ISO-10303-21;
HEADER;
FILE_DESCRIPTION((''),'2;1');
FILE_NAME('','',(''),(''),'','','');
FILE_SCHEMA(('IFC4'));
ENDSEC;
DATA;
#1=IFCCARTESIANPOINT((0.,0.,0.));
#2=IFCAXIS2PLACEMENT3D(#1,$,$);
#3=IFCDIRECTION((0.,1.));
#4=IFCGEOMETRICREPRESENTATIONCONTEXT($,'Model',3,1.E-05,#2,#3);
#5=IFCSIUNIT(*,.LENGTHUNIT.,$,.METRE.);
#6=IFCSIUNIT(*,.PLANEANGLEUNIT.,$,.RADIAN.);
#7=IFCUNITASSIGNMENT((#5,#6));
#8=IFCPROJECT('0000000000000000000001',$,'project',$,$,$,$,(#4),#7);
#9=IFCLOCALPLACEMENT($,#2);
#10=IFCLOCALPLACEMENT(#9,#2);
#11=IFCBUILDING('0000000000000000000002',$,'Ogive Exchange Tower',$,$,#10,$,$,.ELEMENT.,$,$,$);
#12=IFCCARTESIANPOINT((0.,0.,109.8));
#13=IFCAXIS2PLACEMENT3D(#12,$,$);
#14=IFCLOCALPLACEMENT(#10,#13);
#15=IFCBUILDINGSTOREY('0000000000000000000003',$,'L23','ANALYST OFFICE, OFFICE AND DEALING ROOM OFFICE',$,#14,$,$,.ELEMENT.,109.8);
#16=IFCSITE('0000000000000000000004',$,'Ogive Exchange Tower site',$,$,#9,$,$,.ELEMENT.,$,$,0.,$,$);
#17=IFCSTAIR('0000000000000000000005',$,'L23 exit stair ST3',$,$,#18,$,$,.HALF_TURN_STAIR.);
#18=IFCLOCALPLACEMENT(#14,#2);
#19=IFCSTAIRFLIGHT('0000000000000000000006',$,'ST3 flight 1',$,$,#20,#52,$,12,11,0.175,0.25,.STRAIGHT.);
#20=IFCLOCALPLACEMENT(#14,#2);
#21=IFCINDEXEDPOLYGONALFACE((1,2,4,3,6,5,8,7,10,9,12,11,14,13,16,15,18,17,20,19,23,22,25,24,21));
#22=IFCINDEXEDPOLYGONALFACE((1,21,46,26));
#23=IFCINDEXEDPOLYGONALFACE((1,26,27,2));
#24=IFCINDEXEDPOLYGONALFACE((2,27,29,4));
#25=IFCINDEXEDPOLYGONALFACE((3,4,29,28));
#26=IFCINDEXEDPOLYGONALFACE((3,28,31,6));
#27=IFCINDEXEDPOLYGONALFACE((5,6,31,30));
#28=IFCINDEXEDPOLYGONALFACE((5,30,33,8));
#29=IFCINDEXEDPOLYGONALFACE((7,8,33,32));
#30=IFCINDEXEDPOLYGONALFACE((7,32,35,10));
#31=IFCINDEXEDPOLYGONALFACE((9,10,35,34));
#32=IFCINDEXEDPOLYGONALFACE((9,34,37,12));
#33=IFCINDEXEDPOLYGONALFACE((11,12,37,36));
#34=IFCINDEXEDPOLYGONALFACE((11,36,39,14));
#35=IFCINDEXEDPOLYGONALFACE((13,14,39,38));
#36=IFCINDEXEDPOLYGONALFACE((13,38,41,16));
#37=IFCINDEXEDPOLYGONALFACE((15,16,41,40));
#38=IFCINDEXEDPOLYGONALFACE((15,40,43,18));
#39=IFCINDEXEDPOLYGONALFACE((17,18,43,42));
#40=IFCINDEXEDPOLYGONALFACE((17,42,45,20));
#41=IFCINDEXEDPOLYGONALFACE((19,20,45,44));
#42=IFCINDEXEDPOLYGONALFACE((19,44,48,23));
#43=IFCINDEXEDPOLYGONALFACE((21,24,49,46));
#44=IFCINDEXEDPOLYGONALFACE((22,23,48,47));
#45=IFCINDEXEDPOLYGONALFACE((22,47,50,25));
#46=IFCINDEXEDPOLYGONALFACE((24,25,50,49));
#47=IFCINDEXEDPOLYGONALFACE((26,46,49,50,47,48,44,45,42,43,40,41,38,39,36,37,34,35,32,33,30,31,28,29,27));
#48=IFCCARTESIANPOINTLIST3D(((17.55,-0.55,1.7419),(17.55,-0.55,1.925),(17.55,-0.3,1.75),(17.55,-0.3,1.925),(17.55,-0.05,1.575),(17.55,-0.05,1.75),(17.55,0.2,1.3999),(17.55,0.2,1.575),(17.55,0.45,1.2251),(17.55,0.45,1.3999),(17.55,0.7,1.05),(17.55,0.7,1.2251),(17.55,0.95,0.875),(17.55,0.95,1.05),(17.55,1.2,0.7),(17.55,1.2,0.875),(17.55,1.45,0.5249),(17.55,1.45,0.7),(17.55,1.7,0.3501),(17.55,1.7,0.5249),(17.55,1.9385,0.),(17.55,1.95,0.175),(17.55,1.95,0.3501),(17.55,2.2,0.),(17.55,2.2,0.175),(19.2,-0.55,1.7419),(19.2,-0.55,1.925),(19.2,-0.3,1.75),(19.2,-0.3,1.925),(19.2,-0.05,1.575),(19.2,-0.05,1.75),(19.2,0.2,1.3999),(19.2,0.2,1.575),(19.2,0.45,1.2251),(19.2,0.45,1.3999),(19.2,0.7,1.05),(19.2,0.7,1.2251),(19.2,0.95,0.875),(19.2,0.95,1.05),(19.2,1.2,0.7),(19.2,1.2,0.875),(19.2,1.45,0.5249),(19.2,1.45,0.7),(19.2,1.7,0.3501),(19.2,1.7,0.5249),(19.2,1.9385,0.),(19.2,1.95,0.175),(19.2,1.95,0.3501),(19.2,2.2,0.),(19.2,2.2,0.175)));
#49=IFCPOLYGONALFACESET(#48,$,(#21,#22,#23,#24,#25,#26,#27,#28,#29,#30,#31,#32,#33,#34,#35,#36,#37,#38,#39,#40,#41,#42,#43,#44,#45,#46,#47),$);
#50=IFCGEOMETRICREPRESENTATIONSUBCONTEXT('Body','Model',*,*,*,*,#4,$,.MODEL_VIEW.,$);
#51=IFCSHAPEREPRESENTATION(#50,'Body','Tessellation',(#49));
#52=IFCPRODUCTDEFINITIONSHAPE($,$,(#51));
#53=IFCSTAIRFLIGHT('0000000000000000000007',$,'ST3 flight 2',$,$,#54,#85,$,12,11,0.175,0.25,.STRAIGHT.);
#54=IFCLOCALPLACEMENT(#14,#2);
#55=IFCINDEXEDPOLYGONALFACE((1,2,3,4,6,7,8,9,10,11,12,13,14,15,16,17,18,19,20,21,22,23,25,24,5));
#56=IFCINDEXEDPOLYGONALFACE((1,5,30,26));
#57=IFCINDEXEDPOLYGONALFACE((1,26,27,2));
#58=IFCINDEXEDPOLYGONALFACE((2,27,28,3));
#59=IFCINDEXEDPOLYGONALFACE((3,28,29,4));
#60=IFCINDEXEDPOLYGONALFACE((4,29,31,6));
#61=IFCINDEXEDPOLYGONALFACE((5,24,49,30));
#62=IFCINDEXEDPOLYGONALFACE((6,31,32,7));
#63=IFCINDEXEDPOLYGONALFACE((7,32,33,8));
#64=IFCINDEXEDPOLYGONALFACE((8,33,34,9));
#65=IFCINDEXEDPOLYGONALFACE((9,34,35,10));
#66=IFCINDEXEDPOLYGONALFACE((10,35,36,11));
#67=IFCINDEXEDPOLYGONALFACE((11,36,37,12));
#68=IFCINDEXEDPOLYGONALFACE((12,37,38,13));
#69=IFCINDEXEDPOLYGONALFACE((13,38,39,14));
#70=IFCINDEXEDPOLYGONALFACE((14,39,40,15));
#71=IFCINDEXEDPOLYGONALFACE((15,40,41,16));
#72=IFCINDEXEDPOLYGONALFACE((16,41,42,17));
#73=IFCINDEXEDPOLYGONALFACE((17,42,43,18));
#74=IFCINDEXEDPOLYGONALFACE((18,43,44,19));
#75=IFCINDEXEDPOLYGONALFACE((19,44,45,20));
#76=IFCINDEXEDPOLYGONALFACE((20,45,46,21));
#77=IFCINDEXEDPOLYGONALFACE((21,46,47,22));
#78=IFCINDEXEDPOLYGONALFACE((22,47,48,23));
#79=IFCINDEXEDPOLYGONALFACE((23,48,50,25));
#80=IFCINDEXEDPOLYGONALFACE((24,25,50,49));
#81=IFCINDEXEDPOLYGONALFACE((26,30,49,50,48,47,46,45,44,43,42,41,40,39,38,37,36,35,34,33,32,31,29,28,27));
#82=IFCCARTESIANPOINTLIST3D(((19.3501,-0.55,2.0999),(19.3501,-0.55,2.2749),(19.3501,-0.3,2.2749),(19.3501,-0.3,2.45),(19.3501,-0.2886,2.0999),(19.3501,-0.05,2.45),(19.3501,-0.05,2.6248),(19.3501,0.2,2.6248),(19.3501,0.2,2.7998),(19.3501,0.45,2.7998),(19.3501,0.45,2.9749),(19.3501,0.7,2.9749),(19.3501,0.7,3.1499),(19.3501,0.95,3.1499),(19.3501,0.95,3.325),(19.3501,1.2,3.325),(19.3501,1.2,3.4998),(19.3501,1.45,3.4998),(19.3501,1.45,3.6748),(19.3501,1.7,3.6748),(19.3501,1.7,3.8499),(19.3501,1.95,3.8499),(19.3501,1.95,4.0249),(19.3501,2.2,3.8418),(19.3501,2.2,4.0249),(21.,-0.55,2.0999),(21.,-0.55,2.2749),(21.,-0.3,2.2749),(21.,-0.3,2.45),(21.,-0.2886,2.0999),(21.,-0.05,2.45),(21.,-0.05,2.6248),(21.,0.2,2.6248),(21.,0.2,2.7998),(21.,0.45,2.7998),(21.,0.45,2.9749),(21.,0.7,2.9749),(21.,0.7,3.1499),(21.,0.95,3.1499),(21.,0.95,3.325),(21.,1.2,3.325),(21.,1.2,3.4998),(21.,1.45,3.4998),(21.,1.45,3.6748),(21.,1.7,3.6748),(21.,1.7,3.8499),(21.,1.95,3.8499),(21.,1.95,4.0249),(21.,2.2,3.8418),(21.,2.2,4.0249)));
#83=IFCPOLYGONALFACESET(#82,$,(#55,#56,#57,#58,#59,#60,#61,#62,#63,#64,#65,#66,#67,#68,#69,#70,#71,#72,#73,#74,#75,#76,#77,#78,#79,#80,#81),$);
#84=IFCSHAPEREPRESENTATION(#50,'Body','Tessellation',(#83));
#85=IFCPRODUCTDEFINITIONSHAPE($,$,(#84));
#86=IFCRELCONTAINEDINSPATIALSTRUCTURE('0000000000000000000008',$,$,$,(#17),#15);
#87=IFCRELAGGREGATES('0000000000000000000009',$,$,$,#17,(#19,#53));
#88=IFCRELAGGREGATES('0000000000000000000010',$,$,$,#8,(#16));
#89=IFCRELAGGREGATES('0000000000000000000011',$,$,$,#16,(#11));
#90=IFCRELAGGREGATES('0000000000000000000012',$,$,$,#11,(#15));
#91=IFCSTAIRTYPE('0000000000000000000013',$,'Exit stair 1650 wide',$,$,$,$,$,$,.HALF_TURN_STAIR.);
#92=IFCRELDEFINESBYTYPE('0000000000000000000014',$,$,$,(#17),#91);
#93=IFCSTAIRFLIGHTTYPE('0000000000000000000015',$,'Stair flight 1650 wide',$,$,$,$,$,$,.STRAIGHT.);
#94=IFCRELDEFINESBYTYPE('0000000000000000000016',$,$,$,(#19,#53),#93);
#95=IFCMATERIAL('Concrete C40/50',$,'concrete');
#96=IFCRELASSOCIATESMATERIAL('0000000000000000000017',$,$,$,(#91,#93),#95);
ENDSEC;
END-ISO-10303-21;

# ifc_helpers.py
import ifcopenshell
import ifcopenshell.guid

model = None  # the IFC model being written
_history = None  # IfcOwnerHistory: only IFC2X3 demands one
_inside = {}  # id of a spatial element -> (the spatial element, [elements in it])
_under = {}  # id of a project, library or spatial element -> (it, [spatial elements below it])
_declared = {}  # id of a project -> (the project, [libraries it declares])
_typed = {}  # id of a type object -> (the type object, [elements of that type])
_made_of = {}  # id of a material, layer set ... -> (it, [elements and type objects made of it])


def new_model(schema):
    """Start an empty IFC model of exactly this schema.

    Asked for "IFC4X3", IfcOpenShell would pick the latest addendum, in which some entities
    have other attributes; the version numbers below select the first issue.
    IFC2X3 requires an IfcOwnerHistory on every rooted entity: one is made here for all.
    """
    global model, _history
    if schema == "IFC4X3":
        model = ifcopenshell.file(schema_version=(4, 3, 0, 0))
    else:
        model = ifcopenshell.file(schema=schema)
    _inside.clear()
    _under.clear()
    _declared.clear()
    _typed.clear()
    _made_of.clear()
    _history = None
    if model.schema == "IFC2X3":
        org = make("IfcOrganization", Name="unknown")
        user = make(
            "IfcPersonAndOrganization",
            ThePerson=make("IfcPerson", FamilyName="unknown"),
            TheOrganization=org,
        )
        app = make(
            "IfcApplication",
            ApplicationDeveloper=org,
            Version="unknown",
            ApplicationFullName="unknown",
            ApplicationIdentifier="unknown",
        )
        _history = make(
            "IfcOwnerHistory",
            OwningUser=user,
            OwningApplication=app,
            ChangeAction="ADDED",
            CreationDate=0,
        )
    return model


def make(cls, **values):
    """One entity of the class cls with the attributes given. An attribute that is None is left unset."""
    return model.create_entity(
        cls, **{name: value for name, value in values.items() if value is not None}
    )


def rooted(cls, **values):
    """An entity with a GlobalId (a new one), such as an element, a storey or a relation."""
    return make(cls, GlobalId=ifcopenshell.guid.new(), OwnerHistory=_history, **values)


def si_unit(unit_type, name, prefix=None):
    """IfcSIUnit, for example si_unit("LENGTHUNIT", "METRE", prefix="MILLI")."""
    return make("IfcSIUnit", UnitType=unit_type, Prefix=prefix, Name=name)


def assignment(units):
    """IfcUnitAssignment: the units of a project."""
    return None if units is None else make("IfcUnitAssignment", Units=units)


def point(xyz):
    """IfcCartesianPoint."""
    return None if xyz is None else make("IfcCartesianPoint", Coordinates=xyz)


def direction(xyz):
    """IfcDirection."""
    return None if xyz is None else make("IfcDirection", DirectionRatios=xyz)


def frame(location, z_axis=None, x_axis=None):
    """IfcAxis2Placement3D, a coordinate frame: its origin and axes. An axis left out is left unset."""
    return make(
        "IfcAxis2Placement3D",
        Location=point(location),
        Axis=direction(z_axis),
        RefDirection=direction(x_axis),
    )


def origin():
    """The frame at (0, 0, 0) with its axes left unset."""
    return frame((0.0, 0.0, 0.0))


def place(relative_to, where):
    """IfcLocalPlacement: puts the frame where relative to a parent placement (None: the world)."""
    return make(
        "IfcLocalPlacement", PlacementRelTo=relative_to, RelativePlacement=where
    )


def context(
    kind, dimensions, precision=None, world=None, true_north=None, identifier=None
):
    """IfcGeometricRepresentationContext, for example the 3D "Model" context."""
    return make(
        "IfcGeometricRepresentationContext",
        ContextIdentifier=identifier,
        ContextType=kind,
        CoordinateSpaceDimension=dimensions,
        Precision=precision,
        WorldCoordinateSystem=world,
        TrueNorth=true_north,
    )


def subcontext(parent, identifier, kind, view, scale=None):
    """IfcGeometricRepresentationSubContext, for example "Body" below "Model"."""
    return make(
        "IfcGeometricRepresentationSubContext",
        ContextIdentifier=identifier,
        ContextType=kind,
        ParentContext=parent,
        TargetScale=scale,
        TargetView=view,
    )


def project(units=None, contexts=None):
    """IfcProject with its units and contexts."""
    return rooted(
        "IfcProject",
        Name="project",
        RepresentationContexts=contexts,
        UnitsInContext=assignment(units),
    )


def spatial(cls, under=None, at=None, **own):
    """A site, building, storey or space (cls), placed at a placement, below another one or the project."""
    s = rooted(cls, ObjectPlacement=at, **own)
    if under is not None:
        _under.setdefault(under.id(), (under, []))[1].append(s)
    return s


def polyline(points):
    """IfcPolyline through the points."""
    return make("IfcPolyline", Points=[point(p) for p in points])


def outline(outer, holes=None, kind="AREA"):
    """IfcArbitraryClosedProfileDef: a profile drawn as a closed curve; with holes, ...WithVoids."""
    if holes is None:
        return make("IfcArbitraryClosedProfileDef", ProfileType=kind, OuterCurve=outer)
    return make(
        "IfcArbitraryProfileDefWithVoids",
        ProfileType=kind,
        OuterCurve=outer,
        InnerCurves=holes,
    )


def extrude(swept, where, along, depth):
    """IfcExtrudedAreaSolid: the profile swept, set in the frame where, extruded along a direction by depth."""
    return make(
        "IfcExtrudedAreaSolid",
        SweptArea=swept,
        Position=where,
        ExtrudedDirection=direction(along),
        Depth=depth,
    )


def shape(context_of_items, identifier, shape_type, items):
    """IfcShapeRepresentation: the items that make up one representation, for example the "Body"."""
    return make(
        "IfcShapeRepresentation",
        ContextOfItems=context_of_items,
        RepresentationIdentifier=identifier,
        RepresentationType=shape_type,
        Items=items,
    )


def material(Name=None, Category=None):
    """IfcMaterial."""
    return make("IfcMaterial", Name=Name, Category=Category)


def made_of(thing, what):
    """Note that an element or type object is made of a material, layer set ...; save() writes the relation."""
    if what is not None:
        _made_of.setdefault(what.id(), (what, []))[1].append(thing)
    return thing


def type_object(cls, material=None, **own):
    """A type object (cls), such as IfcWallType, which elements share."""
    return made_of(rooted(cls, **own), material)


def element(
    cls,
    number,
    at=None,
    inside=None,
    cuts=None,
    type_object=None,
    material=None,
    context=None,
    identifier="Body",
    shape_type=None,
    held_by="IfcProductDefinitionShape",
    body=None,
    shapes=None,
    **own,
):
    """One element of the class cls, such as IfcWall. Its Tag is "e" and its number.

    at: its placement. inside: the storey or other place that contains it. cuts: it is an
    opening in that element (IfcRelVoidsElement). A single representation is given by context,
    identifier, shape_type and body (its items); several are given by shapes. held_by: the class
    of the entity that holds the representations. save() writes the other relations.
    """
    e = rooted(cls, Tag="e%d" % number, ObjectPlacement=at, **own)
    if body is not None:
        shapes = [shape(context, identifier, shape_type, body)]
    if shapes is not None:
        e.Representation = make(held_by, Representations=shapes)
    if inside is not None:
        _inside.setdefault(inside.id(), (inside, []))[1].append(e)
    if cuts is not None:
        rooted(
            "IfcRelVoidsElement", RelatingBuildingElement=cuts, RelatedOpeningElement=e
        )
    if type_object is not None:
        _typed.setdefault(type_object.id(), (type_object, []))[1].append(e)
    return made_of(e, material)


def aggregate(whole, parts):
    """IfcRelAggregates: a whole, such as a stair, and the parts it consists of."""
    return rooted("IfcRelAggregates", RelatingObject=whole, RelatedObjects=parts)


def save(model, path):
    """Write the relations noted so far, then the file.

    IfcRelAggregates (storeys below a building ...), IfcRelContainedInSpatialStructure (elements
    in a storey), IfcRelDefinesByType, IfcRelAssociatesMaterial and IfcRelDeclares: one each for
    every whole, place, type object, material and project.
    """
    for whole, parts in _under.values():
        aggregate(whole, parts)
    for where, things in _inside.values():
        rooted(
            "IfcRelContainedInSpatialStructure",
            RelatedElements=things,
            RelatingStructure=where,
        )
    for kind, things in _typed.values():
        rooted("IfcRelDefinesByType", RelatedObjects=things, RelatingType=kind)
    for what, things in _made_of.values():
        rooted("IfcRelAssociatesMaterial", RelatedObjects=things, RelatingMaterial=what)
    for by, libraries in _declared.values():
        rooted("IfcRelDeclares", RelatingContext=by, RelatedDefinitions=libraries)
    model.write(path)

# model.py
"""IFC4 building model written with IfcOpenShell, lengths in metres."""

from ifc_helpers import new_model, si_unit, direction, frame, origin, place, context, subcontext, project, spatial, polyline, outline, extrude, material, type_object, element, aggregate, save


model = new_model("IFC4")

# Units and contexts
model_context = context("Model", 3, precision=1e-05, world=origin(), true_north=direction((0.0, 1.0)))
body_context = subcontext(model_context, "Body", "Model", "MODEL_VIEW")
ifc_project = project(units=[si_unit("LENGTHUNIT", "METRE"), si_unit("PLANEANGLEUNIT", "RADIAN")], contexts=[model_context])

# Site, building, storey
site_placement = place(None, origin())
site = spatial("IfcSite", under=ifc_project, at=site_placement, Name="Ogive Exchange Tower site", CompositionType="ELEMENT", RefElevation=0.0)
building_placement = place(site_placement, origin())
building = spatial("IfcBuilding", under=site, at=building_placement, Name="Ogive Exchange Tower", CompositionType="ELEMENT")
storey_placement = place(building_placement, frame((0.0, 0.0, 109.8)))
storey = spatial("IfcBuildingStorey", under=building, at=storey_placement, Name="L23", Description="ANALYST OFFICE, OFFICE AND DEALING ROOM OFFICE", CompositionType="ELEMENT", Elevation=109.8)

# Stair, stair flights
ifc_material_1 = material(Name="Concrete C40/50", Category="concrete")
stair_type = type_object("IfcStairType", Name="Exit stair 1650 wide", PredefinedType="HALF_TURN_STAIR", material=ifc_material_1)
stair_placement = place(storey_placement, origin())
stair = element("IfcStair", 1, at=stair_placement, inside=storey, type_object=stair_type, Name="L23 exit stair ST3", PredefinedType="HALF_TURN_STAIR")
stair_flight_type = type_object("IfcStairFlightType", Name="Stair flight 1650 wide", PredefinedType="STRAIGHT", material=ifc_material_1)
stair_flight_1_placement = place(storey_placement, frame((18.375, 2.2, 0.0), z_axis=(0.0, 0.0, 1.0), x_axis=(0.0, -1.0, 0.0)))
stair_flight_1 = element("IfcStairFlight", 2, at=stair_flight_1_placement, type_object=stair_flight_type, Name="ST3 flight 1", NumberOfRisers=12, NumberOfTreads=11, PredefinedType="STRAIGHT", RiserHeight=0.175, TreadLength=0.25, context=body_context, shape_type="SweptSolid", body=[
    extrude(outline(polyline([(0.0, 0.0), (0.0, 0.175), (0.25, 0.175), (0.25, 0.3501), (0.5, 0.3501), (0.5, 0.5249), (0.75, 0.5249), (0.75, 0.7), (1.0, 0.7), (1.0, 0.875), (1.25, 0.875), (1.25, 1.05), (1.5, 1.05), (1.5, 1.2251), (1.75, 1.2251), (1.75, 1.3999), (2.0, 1.3999), (2.0, 1.575), (2.25, 1.575), (2.25, 1.75), (2.5, 1.75), (2.5, 1.925), (2.75, 1.925), (2.75, 2.1001), (2.75, 1.7419), (0.2615, 0.0), (0.0, 0.0)])), frame((0.0, 0.825, 0.0), z_axis=(0.0, -1.0, 0.0), x_axis=(1.0, 0.0, 0.0)), (0.0, 0.0, 1.0), 1.6499),
])
stair_flight_2_placement = place(storey_placement, frame((20.175, -0.55, 2.0999), z_axis=(0.0, 0.0, 1.0), x_axis=(0.0, 1.0, 0.0)))
stair_flight_2 = element("IfcStairFlight", 3, at=stair_flight_2_placement, type_object=stair_flight_type, Name="ST3 flight 2", NumberOfRisers=12, NumberOfTreads=11, PredefinedType="STRAIGHT", RiserHeight=0.175, TreadLength=0.25, context=body_context, shape_type="SweptSolid", body=[
    extrude(outline(polyline([(0.0, 0.0), (0.0, 0.175), (0.25, 0.175), (0.25, 0.3501), (0.5, 0.3501), (0.5, 0.5249), (0.75, 0.5249), (0.75, 0.7), (1.0, 0.7), (1.0, 0.875), (1.25, 0.875), (1.25, 1.05), (1.5, 1.05), (1.5, 1.2251), (1.75, 1.2251), (1.75, 1.3999), (2.0, 1.3999), (2.0, 1.575), (2.25, 1.575), (2.25, 1.75), (2.5, 1.75), (2.5, 1.925), (2.75, 1.925), (2.75, 2.1001), (2.75, 1.7419), (0.2615, 0.0), (0.0, 0.0)])), frame((0.0, 0.825, 0.0), z_axis=(0.0, -1.0, 0.0), x_axis=(1.0, 0.0, 0.0)), (0.0, 0.0, 1.0), 1.6499),
])
aggregate(stair, [stair_flight_1, stair_flight_2])

save(model, "model.ifc")
